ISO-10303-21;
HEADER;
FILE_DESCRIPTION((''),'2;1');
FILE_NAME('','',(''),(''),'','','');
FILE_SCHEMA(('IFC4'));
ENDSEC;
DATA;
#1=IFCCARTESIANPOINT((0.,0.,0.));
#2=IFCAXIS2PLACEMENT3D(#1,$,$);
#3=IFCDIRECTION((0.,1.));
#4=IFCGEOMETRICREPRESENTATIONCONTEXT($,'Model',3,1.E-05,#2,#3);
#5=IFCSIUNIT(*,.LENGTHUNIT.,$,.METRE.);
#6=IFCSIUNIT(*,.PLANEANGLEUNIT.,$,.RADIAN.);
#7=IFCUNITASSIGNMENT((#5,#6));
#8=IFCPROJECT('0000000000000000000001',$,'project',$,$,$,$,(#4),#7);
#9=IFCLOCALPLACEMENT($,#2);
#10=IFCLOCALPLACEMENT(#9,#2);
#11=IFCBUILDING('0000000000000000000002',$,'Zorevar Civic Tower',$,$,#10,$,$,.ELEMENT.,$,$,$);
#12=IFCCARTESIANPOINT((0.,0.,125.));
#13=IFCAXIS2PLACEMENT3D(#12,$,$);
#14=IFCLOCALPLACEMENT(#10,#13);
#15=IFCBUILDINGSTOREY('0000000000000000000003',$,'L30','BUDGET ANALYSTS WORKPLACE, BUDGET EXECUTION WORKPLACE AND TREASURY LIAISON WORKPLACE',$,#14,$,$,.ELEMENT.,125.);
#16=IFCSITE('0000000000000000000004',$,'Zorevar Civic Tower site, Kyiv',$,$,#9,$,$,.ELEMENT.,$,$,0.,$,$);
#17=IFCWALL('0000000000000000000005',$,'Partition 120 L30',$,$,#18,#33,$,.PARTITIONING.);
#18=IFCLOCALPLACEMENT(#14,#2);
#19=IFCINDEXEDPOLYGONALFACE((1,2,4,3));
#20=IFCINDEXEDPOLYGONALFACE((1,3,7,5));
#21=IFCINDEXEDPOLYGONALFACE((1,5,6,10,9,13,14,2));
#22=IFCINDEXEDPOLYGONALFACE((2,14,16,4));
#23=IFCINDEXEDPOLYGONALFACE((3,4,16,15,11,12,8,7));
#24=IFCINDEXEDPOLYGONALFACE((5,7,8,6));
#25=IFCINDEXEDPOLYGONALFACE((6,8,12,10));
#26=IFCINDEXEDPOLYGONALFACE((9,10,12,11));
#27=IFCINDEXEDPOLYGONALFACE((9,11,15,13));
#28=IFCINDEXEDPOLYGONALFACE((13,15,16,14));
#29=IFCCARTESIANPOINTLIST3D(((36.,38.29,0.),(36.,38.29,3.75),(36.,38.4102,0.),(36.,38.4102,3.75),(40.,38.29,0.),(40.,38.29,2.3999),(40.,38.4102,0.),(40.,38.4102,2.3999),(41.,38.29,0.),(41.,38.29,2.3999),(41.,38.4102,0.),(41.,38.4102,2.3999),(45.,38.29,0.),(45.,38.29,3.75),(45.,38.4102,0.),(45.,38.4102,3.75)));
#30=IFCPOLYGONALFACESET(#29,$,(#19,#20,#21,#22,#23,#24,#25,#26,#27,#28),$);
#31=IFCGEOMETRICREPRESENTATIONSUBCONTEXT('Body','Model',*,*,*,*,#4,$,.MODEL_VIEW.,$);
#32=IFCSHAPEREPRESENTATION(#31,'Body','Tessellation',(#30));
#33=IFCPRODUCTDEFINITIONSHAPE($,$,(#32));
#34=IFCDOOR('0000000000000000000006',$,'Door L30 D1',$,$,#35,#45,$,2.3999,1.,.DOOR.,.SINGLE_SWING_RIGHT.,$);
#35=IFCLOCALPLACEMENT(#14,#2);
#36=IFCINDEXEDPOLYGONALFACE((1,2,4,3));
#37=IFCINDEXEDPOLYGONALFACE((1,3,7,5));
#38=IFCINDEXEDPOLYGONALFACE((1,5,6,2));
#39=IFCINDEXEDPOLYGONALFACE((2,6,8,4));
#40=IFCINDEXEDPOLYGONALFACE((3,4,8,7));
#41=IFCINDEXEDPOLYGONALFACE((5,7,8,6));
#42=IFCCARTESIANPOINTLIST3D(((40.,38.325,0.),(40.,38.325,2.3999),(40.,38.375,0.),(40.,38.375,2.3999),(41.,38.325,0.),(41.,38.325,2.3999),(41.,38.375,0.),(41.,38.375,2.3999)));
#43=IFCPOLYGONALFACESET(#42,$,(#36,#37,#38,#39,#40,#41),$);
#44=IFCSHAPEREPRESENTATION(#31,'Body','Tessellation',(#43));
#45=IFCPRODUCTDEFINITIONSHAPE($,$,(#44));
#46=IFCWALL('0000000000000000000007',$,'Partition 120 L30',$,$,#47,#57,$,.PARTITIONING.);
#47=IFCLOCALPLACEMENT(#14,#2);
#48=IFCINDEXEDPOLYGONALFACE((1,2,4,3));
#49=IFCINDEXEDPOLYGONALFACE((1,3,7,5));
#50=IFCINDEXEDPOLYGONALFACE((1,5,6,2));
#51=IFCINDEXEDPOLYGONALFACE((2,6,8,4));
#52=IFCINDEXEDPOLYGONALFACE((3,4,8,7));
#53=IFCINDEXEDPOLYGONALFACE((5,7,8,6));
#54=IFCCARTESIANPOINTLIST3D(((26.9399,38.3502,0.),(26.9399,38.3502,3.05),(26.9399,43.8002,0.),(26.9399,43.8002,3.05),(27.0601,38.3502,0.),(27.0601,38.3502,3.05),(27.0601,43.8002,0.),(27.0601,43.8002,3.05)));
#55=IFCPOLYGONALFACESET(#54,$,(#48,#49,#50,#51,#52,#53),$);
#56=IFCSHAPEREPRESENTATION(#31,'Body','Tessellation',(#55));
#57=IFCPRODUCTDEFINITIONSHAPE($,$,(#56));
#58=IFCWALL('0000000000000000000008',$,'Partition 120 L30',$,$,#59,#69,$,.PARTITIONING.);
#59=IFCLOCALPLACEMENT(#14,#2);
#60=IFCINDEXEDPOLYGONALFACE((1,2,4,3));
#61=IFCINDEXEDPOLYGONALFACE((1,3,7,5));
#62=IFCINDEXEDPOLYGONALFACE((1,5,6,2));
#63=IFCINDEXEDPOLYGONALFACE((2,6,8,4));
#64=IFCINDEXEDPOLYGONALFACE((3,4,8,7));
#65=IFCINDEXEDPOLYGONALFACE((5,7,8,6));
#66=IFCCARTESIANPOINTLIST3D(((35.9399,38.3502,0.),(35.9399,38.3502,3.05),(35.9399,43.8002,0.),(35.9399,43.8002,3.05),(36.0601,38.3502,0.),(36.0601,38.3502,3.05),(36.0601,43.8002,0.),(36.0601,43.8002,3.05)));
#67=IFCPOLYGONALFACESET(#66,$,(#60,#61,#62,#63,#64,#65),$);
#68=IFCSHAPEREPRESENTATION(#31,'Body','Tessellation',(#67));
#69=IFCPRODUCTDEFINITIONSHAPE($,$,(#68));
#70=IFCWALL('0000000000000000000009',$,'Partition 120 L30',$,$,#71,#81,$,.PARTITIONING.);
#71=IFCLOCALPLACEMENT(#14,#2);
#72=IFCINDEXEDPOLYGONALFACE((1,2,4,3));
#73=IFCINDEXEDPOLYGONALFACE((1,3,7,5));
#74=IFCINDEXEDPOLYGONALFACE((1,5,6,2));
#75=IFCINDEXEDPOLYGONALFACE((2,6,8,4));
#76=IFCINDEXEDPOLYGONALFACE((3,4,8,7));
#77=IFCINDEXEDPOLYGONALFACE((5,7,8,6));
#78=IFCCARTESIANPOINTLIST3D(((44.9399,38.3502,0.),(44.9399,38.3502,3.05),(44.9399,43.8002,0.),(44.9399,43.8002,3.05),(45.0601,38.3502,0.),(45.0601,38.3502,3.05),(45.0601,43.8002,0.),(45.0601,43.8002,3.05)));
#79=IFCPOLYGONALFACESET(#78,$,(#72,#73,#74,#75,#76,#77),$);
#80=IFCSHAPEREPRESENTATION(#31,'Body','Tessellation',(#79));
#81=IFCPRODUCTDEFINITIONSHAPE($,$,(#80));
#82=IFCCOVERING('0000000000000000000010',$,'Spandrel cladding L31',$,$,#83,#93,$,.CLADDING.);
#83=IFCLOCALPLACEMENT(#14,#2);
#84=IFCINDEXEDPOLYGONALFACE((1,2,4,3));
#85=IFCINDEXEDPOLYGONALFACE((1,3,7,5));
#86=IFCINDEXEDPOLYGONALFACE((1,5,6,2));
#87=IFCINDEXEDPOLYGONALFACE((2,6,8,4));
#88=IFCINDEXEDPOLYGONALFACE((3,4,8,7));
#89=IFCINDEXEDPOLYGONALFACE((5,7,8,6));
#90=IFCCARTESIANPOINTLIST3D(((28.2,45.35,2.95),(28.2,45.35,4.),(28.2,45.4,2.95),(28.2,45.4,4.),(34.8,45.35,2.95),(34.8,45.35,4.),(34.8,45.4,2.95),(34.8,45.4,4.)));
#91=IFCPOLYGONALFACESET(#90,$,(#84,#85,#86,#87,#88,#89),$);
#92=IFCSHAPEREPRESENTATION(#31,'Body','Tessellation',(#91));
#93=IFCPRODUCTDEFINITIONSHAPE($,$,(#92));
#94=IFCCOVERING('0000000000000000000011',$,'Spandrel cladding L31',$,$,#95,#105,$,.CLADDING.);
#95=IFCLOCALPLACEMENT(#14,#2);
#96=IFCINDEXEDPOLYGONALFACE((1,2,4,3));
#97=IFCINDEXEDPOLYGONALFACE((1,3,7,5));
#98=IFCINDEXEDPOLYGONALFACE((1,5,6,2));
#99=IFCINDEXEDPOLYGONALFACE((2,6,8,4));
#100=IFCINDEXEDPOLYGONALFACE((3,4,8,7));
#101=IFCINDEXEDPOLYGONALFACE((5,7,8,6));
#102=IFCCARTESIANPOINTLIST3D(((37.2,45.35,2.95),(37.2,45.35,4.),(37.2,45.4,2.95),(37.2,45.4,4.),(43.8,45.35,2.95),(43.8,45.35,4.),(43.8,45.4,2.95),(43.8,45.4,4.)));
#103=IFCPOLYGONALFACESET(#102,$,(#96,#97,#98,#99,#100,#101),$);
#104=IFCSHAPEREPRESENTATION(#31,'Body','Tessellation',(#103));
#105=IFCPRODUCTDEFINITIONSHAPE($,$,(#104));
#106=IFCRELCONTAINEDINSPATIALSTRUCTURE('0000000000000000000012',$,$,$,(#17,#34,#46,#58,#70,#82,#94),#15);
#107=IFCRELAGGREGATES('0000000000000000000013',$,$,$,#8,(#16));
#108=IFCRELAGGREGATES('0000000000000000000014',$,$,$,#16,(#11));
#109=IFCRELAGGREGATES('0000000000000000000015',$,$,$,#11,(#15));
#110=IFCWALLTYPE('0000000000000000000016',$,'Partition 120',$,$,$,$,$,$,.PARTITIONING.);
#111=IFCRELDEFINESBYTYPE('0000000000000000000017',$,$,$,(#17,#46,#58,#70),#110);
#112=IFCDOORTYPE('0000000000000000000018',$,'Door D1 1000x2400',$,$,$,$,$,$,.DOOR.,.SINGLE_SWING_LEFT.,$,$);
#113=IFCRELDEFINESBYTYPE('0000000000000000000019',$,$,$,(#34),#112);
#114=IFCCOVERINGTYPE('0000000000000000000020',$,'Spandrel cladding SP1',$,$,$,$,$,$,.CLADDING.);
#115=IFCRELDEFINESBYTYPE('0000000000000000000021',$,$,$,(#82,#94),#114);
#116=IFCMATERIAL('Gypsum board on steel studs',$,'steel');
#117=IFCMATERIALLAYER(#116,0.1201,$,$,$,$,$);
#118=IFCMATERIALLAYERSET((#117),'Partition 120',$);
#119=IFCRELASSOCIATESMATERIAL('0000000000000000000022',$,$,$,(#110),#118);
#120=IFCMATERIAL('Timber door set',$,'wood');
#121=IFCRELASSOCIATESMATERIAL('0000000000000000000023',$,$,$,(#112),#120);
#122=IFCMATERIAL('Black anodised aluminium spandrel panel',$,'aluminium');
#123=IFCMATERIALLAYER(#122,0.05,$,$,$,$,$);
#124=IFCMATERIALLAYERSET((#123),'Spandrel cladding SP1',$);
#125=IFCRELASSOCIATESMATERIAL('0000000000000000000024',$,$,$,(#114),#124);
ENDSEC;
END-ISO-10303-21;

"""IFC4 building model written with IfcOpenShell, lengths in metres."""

from ifc_helpers import new_model, si_unit, direction, frame, frame_2d, origin, place, context, subcontext, project, spatial, rectangle, extrude, material, layer, layer_set, type_object, element, fill, save


model = new_model("IFC4")

# Units and contexts
model_context = context("Model", 3, precision=1e-05, world=origin(), true_north=direction((0.0, 1.0)))
body_context = subcontext(model_context, "Body", "Model", "MODEL_VIEW")
ifc_project = project(units=[si_unit("LENGTHUNIT", "METRE"), si_unit("PLANEANGLEUNIT", "RADIAN")], contexts=[model_context])

# Site, building, storey
site_placement = place(None, origin())
site = spatial("IfcSite", under=ifc_project, at=site_placement, Name="Zorevar Civic Tower site, Kyiv", CompositionType="ELEMENT", RefElevation=0.0)
building_placement = place(site_placement, origin())
building = spatial("IfcBuilding", under=site, at=building_placement, Name="Zorevar Civic Tower", CompositionType="ELEMENT")
storey_placement = place(building_placement, frame((0.0, 0.0, 125.0)))
storey = spatial("IfcBuildingStorey", under=building, at=storey_placement, Name="L30", Description="BUDGET ANALYSTS WORKPLACE, BUDGET EXECUTION WORKPLACE AND TREASURY LIAISON WORKPLACE", CompositionType="ELEMENT", Elevation=125.0)

# Wall, opening, door
ifc_material_1 = material(Name="Gypsum board on steel studs", Category="steel")
ifc_layer_1 = layer(ifc_material_1, 0.1201)
ifc_layer_set_1 = layer_set([ifc_layer_1], Name="Partition 120")
wall_type = type_object("IfcWallType", Name="Partition 120", PredefinedType="PARTITIONING", material=ifc_layer_set_1)
wall_placement = place(storey_placement, frame((36.0, 38.3501, 0.0), z_axis=(0.0, 0.0, 1.0), x_axis=(1.0, 0.0, 0.0)))
wall = element("IfcWall", 1, at=wall_placement, inside=storey, type_object=wall_type, Name="Partition 120 L30", PredefinedType="PARTITIONING", context=body_context, shape_type="SweptSolid", body=[
    extrude(rectangle(XDim=9.0, YDim=0.1201, at=frame_2d((4.5, 0.0))), origin(), (0.0, 0.0, 1.0), 3.75),
])
opening_placement = place(wall_placement, frame((4.0, 0.0, 0.0)))
opening = element("IfcOpeningElement", 2, at=opening_placement, cuts=wall, PredefinedType="OPENING", context=body_context, shape_type="SweptSolid", body=[
    extrude(rectangle(XDim=1.0, YDim=2.3999, at=frame_2d((0.5, 1.2))), frame((0.0, 0.0701, 0.0), z_axis=(0.0, -1.0, 0.0), x_axis=(1.0, 0.0, 0.0)), (0.0, 0.0, 1.0), 0.1401),
])
ifc_material_2 = material(Name="Timber door set", Category="wood")
door_type = type_object("IfcDoorType", Name="Door D1 1000x2400", OperationType="SINGLE_SWING_LEFT", PredefinedType="DOOR", material=ifc_material_2)
door_placement = place(opening_placement, origin())
door = element("IfcDoor", 3, at=door_placement, inside=storey, type_object=door_type, Name="Door L30 D1", OperationType="SINGLE_SWING_RIGHT", OverallHeight=2.3999, OverallWidth=1.0, PredefinedType="DOOR", context=body_context, shape_type="SweptSolid", body=[
    extrude(rectangle(XDim=1.0, YDim=2.3999, at=frame_2d((0.5, 1.2))), frame((0.0, 0.0249, 0.0), z_axis=(0.0, -1.0, 0.0), x_axis=(1.0, 0.0, 0.0)), (0.0, 0.0, 1.0), 0.05),
])
fill(opening, door)

# Walls
for number, where, z_axis, x_axis, name in (
    (4, (27.0, 38.3501, 0.0), (0.0, 0.0, 1.0), (0.0, 1.0, 0.0), "Partition 120 L30"),
    (5, (36.0, 38.3501, 0.0), (0.0, 0.0, 1.0), (0.0, 1.0, 0.0), "Partition 120 L30"),
    (6, (45.0, 38.3501, 0.0), (0.0, 0.0, 1.0), (0.0, 1.0, 0.0), "Partition 120 L30"),
):
    element("IfcWall", number, at=place(storey_placement, frame(where, z_axis=z_axis, x_axis=x_axis)), inside=storey, type_object=wall_type, Name=name, PredefinedType="PARTITIONING", context=body_context, shape_type="SweptSolid", body=[
        extrude(rectangle(XDim=5.45, YDim=0.1201, at=frame_2d((2.7251, 0.0))), origin(), (0.0, 0.0, 1.0), 3.05),
    ])

# Coverings
ifc_material_3 = material(Name="Black anodised aluminium spandrel panel", Category="aluminium")
ifc_layer_2 = layer(ifc_material_3, 0.05)
ifc_layer_set_2 = layer_set([ifc_layer_2], Name="Spandrel cladding SP1")
covering_type = type_object("IfcCoveringType", Name="Spandrel cladding SP1", PredefinedType="CLADDING", material=ifc_layer_set_2)
for number, where, z_axis, x_axis, name in (
    (7, (28.2, 45.375, 2.95), (0.0, 0.0, 1.0), (1.0, 0.0, 0.0), "Spandrel cladding L31"),
    (8, (37.2, 45.375, 2.95), (0.0, 0.0, 1.0), (1.0, 0.0, 0.0), "Spandrel cladding L31"),
):
    element("IfcCovering", number, at=place(storey_placement, frame(where, z_axis=z_axis, x_axis=x_axis)), inside=storey, type_object=covering_type, Name=name, PredefinedType="CLADDING", context=body_context, shape_type="SweptSolid", body=[
        extrude(rectangle(XDim=6.6001, YDim=0.05, at=frame_2d((3.3, 0.0))), origin(), (0.0, 0.0, 1.0), 1.05),
    ])

save(model, "model.ifc")
